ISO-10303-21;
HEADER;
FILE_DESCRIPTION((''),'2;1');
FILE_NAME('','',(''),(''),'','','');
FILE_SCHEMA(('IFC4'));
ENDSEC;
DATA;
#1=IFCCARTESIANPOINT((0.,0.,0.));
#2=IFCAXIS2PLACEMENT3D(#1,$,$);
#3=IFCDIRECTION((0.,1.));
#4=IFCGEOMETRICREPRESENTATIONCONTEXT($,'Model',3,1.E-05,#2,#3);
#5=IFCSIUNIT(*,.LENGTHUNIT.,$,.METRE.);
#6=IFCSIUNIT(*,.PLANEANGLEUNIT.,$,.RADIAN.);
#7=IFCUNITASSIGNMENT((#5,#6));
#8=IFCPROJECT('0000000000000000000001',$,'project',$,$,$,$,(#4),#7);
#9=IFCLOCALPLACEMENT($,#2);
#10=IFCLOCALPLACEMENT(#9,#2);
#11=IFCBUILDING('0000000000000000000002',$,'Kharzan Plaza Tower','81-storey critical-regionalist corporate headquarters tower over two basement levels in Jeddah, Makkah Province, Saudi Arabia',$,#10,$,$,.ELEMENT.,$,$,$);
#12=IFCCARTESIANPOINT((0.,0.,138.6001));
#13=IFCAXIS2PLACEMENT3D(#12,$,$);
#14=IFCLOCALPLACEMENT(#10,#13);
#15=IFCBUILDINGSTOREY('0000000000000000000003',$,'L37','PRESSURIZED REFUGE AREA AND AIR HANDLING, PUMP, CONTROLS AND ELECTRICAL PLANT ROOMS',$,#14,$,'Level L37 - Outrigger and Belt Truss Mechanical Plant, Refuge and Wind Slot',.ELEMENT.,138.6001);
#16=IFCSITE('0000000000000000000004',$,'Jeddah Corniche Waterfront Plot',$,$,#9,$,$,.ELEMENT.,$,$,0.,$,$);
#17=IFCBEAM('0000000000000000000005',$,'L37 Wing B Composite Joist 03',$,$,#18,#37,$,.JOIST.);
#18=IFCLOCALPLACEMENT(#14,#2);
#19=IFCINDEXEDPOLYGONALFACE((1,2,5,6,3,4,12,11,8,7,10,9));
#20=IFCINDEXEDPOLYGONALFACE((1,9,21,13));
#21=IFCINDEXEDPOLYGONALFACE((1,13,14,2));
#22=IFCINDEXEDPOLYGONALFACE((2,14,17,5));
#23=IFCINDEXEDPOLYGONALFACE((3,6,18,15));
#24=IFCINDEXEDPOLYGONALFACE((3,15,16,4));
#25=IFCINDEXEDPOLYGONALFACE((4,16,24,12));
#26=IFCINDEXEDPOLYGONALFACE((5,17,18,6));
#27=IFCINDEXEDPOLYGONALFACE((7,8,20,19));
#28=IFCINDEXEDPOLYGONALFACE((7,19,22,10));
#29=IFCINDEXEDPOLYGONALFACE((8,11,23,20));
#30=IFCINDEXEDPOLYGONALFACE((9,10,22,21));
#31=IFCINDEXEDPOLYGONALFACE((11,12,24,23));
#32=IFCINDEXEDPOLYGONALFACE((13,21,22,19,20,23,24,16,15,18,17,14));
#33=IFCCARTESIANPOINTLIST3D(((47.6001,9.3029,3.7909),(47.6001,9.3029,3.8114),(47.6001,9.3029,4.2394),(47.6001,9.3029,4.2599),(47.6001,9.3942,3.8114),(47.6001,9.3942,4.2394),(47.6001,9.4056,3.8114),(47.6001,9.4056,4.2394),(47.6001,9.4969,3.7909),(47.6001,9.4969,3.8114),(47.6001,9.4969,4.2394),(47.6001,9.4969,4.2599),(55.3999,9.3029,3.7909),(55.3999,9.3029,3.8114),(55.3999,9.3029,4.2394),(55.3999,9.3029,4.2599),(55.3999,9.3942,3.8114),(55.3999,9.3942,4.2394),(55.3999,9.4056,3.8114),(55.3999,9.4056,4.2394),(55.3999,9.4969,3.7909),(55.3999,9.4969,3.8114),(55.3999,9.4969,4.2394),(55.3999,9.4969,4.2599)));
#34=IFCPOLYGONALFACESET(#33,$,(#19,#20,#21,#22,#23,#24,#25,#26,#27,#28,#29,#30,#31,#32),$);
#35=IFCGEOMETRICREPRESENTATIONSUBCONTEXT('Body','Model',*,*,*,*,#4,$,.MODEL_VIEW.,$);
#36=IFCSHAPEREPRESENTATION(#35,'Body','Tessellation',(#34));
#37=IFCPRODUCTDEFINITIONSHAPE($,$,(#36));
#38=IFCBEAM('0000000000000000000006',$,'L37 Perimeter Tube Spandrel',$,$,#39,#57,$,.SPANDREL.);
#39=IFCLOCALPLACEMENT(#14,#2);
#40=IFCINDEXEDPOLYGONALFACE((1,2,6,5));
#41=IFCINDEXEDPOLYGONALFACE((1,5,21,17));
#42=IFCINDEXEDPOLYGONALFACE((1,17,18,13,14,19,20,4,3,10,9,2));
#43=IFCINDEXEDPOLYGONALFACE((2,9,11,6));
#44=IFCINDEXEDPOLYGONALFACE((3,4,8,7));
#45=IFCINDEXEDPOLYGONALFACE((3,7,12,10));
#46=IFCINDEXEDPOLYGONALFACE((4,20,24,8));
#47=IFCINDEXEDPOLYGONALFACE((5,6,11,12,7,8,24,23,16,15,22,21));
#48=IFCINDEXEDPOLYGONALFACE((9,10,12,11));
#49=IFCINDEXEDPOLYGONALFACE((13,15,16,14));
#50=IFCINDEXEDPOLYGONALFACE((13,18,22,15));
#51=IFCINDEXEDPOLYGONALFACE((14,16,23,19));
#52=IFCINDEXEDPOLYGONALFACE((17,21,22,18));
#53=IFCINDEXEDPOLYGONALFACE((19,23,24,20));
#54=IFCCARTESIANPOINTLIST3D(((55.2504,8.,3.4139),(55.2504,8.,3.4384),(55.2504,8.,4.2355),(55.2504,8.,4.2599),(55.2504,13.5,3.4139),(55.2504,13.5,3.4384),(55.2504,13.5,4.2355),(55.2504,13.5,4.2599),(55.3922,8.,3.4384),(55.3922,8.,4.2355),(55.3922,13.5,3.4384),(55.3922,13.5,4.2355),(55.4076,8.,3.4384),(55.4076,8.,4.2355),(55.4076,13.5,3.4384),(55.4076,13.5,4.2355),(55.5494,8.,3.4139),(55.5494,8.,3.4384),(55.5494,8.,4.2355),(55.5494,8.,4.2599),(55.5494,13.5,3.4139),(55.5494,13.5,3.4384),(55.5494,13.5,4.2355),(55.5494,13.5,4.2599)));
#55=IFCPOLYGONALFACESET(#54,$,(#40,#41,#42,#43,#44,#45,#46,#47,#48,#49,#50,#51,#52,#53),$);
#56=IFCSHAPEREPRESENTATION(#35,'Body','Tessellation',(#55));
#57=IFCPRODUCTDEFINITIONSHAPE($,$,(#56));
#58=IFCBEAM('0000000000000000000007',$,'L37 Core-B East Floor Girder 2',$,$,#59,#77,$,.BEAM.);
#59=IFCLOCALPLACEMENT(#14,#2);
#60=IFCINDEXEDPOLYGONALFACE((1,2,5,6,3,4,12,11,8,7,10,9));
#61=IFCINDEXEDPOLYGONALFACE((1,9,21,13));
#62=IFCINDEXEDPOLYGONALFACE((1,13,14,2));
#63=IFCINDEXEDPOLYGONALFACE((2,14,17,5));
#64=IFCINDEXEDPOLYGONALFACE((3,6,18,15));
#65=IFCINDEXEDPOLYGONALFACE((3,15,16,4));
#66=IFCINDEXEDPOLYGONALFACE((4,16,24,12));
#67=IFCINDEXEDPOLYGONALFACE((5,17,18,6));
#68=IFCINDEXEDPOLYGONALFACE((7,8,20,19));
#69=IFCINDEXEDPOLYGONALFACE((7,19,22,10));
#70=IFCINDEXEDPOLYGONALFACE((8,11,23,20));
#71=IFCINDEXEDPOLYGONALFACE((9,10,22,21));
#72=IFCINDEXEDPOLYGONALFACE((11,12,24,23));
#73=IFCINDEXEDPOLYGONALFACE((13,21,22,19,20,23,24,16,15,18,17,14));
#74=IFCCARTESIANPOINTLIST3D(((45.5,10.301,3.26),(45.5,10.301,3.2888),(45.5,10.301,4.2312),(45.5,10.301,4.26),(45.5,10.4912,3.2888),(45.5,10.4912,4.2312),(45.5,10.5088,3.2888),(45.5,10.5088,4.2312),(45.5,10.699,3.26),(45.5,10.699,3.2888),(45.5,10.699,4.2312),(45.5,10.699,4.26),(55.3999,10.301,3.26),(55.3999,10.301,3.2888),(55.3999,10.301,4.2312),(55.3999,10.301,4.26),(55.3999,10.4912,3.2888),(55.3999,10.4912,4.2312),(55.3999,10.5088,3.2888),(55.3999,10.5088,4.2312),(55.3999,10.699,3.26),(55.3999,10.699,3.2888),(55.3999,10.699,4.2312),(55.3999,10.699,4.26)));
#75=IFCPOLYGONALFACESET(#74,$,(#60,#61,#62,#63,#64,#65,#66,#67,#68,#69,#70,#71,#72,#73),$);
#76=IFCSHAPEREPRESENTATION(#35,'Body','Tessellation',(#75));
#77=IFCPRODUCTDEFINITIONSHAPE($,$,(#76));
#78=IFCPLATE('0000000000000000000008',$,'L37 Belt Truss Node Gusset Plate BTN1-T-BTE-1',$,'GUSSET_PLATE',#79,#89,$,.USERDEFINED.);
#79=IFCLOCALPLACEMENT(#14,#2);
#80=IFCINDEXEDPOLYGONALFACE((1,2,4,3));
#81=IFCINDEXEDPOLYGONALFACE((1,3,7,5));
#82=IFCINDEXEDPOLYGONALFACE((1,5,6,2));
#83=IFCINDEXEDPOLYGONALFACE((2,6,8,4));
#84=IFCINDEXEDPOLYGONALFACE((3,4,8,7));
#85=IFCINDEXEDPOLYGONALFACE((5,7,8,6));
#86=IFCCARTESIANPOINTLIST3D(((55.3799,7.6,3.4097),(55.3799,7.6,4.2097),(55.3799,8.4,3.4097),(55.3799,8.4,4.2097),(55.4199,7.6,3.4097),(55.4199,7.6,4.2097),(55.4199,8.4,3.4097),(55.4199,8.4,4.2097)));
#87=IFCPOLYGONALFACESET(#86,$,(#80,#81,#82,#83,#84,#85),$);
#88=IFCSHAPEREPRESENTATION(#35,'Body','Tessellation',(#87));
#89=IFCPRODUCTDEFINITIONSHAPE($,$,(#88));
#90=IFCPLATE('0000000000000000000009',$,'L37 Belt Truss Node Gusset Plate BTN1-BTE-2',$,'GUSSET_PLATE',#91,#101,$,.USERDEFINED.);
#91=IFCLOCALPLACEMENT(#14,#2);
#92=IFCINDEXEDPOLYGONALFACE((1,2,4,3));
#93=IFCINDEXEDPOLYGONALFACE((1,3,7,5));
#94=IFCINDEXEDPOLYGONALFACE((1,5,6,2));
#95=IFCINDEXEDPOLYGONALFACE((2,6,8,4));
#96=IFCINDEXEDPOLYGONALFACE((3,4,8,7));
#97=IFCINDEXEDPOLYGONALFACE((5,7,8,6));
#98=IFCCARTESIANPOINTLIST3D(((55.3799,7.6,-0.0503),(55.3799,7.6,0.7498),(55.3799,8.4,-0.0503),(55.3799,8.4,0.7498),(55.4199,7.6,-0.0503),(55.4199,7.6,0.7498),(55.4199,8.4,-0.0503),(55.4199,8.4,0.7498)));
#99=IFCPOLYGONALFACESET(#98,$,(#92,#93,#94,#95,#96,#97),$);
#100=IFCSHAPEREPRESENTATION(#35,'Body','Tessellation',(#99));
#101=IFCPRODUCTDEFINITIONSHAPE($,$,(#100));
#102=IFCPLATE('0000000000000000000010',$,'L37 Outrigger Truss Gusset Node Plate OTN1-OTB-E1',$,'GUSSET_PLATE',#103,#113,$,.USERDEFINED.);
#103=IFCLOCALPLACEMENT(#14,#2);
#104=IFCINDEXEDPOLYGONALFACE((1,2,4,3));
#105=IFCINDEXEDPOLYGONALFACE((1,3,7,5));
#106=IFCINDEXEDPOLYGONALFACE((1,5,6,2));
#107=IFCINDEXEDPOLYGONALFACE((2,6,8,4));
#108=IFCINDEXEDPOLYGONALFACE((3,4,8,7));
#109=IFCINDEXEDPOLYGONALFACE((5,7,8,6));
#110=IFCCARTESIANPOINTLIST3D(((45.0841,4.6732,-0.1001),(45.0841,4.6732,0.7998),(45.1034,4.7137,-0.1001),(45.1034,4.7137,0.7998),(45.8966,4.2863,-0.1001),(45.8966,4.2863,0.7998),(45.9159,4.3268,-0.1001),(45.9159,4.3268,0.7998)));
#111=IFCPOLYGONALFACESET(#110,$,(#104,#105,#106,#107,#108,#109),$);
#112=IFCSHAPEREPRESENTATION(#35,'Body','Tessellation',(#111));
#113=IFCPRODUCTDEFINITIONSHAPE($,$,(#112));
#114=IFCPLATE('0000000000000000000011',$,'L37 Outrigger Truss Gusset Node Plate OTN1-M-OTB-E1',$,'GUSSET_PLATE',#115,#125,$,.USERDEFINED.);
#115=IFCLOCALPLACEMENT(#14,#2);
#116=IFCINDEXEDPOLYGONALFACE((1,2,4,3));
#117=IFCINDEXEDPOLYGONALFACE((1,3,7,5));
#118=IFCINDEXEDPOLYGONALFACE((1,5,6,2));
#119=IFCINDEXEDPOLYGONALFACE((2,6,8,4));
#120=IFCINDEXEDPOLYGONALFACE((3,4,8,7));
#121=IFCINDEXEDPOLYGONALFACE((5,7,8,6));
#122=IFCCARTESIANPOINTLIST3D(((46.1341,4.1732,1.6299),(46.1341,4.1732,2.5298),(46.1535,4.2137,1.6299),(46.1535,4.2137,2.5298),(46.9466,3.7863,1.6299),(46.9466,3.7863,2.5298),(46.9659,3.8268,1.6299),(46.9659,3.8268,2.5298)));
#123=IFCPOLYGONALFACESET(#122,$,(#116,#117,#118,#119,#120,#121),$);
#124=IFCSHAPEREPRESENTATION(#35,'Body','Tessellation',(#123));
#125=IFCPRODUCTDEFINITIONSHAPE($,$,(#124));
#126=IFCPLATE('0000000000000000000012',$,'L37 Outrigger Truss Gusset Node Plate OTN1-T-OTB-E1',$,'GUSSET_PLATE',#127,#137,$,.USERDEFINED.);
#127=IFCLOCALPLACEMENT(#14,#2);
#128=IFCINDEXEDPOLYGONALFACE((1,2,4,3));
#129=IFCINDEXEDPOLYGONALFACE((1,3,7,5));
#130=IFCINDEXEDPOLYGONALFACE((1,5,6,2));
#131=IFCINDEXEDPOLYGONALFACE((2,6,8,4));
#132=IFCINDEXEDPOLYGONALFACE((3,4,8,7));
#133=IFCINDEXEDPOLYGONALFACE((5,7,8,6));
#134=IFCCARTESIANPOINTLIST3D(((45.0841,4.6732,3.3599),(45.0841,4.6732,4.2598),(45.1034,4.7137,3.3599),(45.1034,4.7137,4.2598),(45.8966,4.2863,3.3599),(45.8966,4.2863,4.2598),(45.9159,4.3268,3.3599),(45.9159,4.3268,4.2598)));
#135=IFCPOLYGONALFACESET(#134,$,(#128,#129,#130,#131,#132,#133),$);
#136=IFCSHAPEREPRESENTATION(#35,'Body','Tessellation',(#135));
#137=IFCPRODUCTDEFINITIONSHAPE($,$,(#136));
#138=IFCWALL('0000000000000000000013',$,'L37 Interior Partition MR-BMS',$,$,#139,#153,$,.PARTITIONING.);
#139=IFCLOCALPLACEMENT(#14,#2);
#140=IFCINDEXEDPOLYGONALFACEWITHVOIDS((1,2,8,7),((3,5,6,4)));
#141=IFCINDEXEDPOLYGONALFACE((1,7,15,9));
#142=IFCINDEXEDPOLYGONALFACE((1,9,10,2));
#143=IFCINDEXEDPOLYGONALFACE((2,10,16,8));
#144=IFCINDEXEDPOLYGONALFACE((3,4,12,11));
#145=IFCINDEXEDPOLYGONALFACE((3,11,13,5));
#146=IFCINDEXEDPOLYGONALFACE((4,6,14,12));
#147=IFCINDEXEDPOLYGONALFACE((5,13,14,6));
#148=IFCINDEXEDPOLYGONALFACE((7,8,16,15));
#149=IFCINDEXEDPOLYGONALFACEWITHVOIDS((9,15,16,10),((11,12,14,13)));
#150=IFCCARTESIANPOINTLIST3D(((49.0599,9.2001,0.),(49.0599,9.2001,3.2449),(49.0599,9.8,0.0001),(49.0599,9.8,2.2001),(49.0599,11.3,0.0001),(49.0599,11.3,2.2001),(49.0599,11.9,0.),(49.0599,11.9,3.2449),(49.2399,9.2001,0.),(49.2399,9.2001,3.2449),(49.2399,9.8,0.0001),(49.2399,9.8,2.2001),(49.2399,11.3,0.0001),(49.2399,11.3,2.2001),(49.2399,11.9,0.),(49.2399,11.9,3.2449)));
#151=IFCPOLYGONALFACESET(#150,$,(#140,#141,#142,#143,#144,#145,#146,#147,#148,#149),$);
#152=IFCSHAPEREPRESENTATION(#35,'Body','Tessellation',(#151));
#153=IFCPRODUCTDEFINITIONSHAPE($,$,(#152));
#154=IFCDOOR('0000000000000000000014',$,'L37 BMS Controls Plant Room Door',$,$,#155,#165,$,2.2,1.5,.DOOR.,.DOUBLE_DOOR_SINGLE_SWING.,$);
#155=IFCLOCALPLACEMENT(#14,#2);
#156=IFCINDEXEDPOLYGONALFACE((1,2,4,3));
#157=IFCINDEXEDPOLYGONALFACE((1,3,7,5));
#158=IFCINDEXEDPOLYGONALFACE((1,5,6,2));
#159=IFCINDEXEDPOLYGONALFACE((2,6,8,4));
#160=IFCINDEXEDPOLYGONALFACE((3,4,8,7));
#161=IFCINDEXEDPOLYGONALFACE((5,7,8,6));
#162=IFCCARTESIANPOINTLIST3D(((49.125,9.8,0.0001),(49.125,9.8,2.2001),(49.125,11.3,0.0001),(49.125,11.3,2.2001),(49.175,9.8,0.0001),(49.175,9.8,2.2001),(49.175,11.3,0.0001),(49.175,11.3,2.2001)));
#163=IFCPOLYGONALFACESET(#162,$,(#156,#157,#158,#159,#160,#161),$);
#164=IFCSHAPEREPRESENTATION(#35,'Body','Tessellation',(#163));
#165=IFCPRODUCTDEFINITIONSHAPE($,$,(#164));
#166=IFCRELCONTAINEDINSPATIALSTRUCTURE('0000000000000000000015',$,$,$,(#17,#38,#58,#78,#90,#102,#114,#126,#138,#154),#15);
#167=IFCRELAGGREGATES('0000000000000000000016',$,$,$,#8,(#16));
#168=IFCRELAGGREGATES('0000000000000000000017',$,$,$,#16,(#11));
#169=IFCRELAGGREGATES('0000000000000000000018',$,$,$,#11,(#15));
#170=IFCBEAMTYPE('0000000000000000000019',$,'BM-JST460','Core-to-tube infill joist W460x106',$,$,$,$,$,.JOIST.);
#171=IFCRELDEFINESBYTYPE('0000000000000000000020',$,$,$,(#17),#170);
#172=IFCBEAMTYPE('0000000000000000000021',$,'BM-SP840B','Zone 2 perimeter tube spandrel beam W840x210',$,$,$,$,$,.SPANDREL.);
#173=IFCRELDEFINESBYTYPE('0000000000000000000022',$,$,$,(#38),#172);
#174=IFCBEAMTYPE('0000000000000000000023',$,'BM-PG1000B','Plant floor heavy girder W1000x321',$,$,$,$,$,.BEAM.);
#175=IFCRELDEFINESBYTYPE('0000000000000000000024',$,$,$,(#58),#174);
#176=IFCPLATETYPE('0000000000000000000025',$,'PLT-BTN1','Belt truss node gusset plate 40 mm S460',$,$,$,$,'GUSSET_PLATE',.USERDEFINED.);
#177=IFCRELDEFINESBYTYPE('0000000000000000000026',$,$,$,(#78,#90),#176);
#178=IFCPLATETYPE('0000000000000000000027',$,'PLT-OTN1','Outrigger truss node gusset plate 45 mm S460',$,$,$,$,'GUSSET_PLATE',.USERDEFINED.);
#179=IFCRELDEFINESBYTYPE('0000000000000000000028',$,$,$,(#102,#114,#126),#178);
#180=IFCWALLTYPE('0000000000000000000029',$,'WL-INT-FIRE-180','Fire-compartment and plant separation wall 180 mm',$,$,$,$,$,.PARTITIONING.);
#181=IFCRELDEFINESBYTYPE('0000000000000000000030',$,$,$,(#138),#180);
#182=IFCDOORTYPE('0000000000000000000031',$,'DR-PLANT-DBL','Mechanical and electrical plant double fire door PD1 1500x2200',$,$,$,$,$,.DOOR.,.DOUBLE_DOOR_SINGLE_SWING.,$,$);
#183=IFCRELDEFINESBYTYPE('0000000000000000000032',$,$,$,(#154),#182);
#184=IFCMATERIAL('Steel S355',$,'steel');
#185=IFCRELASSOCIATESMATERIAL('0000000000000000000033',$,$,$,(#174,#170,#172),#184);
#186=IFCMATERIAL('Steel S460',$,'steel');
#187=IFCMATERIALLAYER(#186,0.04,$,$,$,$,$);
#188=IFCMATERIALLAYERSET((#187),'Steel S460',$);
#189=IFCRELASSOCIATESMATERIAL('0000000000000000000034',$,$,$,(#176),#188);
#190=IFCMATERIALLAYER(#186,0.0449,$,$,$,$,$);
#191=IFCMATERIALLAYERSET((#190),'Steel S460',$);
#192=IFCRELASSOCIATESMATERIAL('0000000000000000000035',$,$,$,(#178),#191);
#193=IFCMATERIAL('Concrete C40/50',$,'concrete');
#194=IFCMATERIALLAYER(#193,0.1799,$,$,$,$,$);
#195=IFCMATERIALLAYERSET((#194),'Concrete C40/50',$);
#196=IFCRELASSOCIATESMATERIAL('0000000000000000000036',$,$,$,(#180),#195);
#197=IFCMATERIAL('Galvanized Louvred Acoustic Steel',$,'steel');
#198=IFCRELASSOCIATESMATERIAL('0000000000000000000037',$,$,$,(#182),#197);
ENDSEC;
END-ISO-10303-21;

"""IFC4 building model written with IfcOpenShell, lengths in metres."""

from ifc_helpers import new_model, si_unit, direction, frame, frame_2d, origin, origin_2d, place, context, subcontext, project, spatial, rectangle, i_section, extrude, source, transform, mapped, material, layer, layer_set, material_profile, profile_set, type_object, element, fill, save


model = new_model("IFC4")

# Units and contexts
model_context = context("Model", 3, precision=1e-05, world=origin(), true_north=direction((0.0, 1.0)))
body_context = subcontext(model_context, "Body", "Model", "MODEL_VIEW")
ifc_project = project(units=[si_unit("LENGTHUNIT", "METRE"), si_unit("PLANEANGLEUNIT", "RADIAN")], contexts=[model_context])

# Site, building, storey
site_placement = place(None, origin())
site = spatial("IfcSite", under=ifc_project, at=site_placement, Name="Jeddah Corniche Waterfront Plot", CompositionType="ELEMENT", RefElevation=0.0)
building_placement = place(site_placement, origin())
building = spatial("IfcBuilding", under=site, at=building_placement, Name="Kharzan Plaza Tower", Description="81-storey critical-regionalist corporate headquarters tower over two basement levels in Jeddah, Makkah Province, Saudi Arabia", CompositionType="ELEMENT")
storey_placement = place(building_placement, frame((0.0, 0.0, 138.6001)))
storey = spatial("IfcBuildingStorey", under=building, at=storey_placement, Name="L37", Description="PRESSURIZED REFUGE AREA AND AIR HANDLING, PUMP, CONTROLS AND ELECTRICAL PLANT ROOMS", LongName="Level L37 - Outrigger and Belt Truss Mechanical Plant, Refuge and Wind Slot", CompositionType="ELEMENT", Elevation=138.6001)

# Shared definitions
ifc_material_1 = material(Name="Steel S355", Category="steel")
ifc_material_profile_1 = material_profile(ifc_material_1, i_section(OverallWidth=0.3979, OverallDepth=1.0, WebThickness=0.0176, FlangeThickness=0.0288, at=origin_2d()), Name="W1000x321")
ifc_profile_set_1 = profile_set([ifc_material_profile_1], Name="Steel S355")
beam_type_1 = type_object("IfcBeamType", Name="BM-PG1000B", Description="Plant floor heavy girder W1000x321", PredefinedType="BEAM", material=ifc_profile_set_1)

# Beams
ifc_material_profile_2 = material_profile(ifc_material_1, i_section(OverallWidth=0.1941, OverallDepth=0.469, WebThickness=0.0115, FlangeThickness=0.0205, at=origin_2d()), Name="W460x106")
ifc_profile_set_2 = profile_set([ifc_material_profile_2], Name="Steel S355")
beam_type_2 = type_object("IfcBeamType", Name="BM-JST460", Description="Core-to-tube infill joist W460x106", PredefinedType="JOIST", material=ifc_profile_set_2)
shared_shape_1 = source(origin(), body_context, "Body", "SweptSolid", [
    extrude(i_section(OverallWidth=0.1941, OverallDepth=0.469, WebThickness=0.0115, FlangeThickness=0.0205, at=origin_2d()), origin(), (0.0, 0.0, 1.0), 7.7998),
])
for number, where, z_axis, x_axis, name in (
    (1, (47.6001, 9.3999, 4.0254), (1.0, 0.0, 0.0), (0.0, 1.0, 0.0), "L37 Wing B Composite Joist 03"),
):
    element("IfcBeam", number, at=place(storey_placement, frame(where, z_axis=z_axis, x_axis=x_axis)), inside=storey, type_object=beam_type_2, Name=name, PredefinedType="JOIST", context=body_context, shape_type="MappedRepresentation", body=[
        mapped(shared_shape_1, transform((0.0, 0.0, 0.0), x_axis=(1.0, 0.0, 0.0), y_axis=(0.0, 1.0, 0.0), z_axis=(0.0, 0.0, 1.0))),
    ])
ifc_material_profile_3 = material_profile(ifc_material_1, i_section(OverallWidth=0.2991, OverallDepth=0.8459, WebThickness=0.0154, FlangeThickness=0.0244, at=origin_2d()), Name="W840x210")
ifc_profile_set_3 = profile_set([ifc_material_profile_3], Name="Steel S355")
beam_type_3 = type_object("IfcBeamType", Name="BM-SP840B", Description="Zone 2 perimeter tube spandrel beam W840x210", PredefinedType="SPANDREL", material=ifc_profile_set_3)
shared_shape_2 = source(origin(), body_context, "Body", "SweptSolid", [
    extrude(i_section(OverallWidth=0.2991, OverallDepth=0.8459, WebThickness=0.0154, FlangeThickness=0.0244, at=origin_2d()), origin(), (0.0, 0.0, 1.0), 5.5),
])
beam_1_placement = place(storey_placement, frame((55.3999, 8.0, 3.8369), z_axis=(0.0, 1.0, 0.0), x_axis=(-1.0, 0.0, 0.0)))
element("IfcBeam", 2, at=beam_1_placement, inside=storey, type_object=beam_type_3, Name="L37 Perimeter Tube Spandrel", PredefinedType="SPANDREL", context=body_context, shape_type="MappedRepresentation", body=[
    mapped(shared_shape_2, transform((0.0, 0.0, 0.0), x_axis=(1.0, 0.0, 0.0), y_axis=(0.0, 1.0, 0.0), z_axis=(0.0, 0.0, 1.0))),
])
shared_shape_3 = source(origin(), body_context, "Body", "SweptSolid", [
    extrude(i_section(OverallWidth=0.3979, OverallDepth=1.0, WebThickness=0.0176, FlangeThickness=0.0288, at=origin_2d()), origin(), (0.0, 0.0, 1.0), 9.8999),
])
beam_2_placement = place(storey_placement, frame((45.5, 10.5, 3.76), z_axis=(1.0, 0.0, 0.0), x_axis=(0.0, 1.0, 0.0)))
element("IfcBeam", 3, at=beam_2_placement, inside=storey, type_object=beam_type_1, Name="L37 Core-B East Floor Girder 2", PredefinedType="BEAM", context=body_context, shape_type="MappedRepresentation", body=[
    mapped(shared_shape_3, transform((0.0, 0.0, 0.0), x_axis=(1.0, 0.0, 0.0), y_axis=(0.0, 1.0, 0.0), z_axis=(0.0, 0.0, 1.0))),
])

# Plates
ifc_material_2 = material(Name="Steel S460", Category="steel")
ifc_layer_1 = layer(ifc_material_2, 0.04)
ifc_layer_set_1 = layer_set([ifc_layer_1], Name="Steel S460")
plate_type_1 = type_object("IfcPlateType", Name="PLT-BTN1", Description="Belt truss node gusset plate 40 mm S460", ElementType="GUSSET_PLATE", PredefinedType="USERDEFINED", material=ifc_layer_set_1)
shared_shape_4 = source(origin(), body_context, "Body", "SweptSolid", [
    extrude(rectangle(XDim=0.8, YDim=0.04, at=origin_2d()), origin(), (0.0, 0.0, 1.0), 0.8),
])
for number, where, z_axis, x_axis, name in (
    (4, (55.3999, 8.0, 3.4097), (0.0, 0.0, 1.0), (0.0, 1.0, 0.0), "L37 Belt Truss Node Gusset Plate BTN1-T-BTE-1"),
    (5, (55.3999, 8.0, -0.0503), (0.0, 0.0, 1.0), (0.0, 1.0, 0.0), "L37 Belt Truss Node Gusset Plate BTN1-BTE-2"),
):
    element("IfcPlate", number, at=place(storey_placement, frame(where, z_axis=z_axis, x_axis=x_axis)), inside=storey, type_object=plate_type_1, Name=name, ObjectType="GUSSET_PLATE", PredefinedType="USERDEFINED", context=body_context, shape_type="MappedRepresentation", body=[
        mapped(shared_shape_4, transform((0.0, 0.0, 0.0), x_axis=(1.0, 0.0, 0.0), y_axis=(0.0, 1.0, 0.0), z_axis=(0.0, 0.0, 1.0))),
    ])
ifc_layer_2 = layer(ifc_material_2, 0.0449)
ifc_layer_set_2 = layer_set([ifc_layer_2], Name="Steel S460")
plate_type_2 = type_object("IfcPlateType", Name="PLT-OTN1", Description="Outrigger truss node gusset plate 45 mm S460", ElementType="GUSSET_PLATE", PredefinedType="USERDEFINED", material=ifc_layer_set_2)
shared_shape_5 = source(origin(), body_context, "Body", "SweptSolid", [
    extrude(rectangle(XDim=0.8999, YDim=0.0449, at=origin_2d()), origin(), (0.0, 0.0, 1.0), 0.8999),
])
for number, where, z_axis, x_axis, name in (
    (6, (45.5, 4.5, -0.1001), (0.0, 0.0, 1.0), (0.902861, -0.429933, 0.0), "L37 Outrigger Truss Gusset Node Plate OTN1-OTB-E1"),
    (7, (46.55, 4.0, 1.6299), (0.0, 0.0, 1.0), (0.902861, -0.429933, 0.0), "L37 Outrigger Truss Gusset Node Plate OTN1-M-OTB-E1"),
    (8, (45.5, 4.5, 3.3599), (0.0, 0.0, 1.0), (0.902861, -0.429933, 0.0), "L37 Outrigger Truss Gusset Node Plate OTN1-T-OTB-E1"),
):
    element("IfcPlate", number, at=place(storey_placement, frame(where, z_axis=z_axis, x_axis=x_axis)), inside=storey, type_object=plate_type_2, Name=name, ObjectType="GUSSET_PLATE", PredefinedType="USERDEFINED", context=body_context, shape_type="MappedRepresentation", body=[
        mapped(shared_shape_5, transform((0.0, 0.0, 0.0), x_axis=(1.0, 0.0, 0.0), y_axis=(0.0, 1.0, 0.0), z_axis=(0.0, 0.0, 1.0))),
    ])

# Wall, opening, door
ifc_material_3 = material(Name="Concrete C40/50", Category="concrete")
ifc_layer_3 = layer(ifc_material_3, 0.1799)
ifc_layer_set_3 = layer_set([ifc_layer_3], Name="Concrete C40/50")
wall_type_1 = type_object("IfcWallType", Name="WL-INT-FIRE-180", Description="Fire-compartment and plant separation wall 180 mm", PredefinedType="PARTITIONING", material=ifc_layer_set_3)
wall_1_placement = place(storey_placement, frame((49.1499, 9.2, 0.0), z_axis=(0.0, 0.0, 1.0), x_axis=(0.0, 1.0, 0.0)))
wall_1 = element("IfcWall", 9, at=wall_1_placement, inside=storey, type_object=wall_type_1, Name="L37 Interior Partition MR-BMS", PredefinedType="PARTITIONING", context=body_context, shape_type="SweptSolid", body=[
    extrude(rectangle(XDim=2.7, YDim=0.1799, at=frame_2d((1.3501, 0.0))), origin(), (0.0, 0.0, 1.0), 3.2449),
])
opening_1_placement = place(wall_1_placement, frame((0.6001, 0.0, 0.0)))
opening_1 = element("IfcOpeningElement", 10, at=opening_1_placement, cuts=wall_1, PredefinedType="OPENING", context=body_context, shape_type="SweptSolid", body=[
    extrude(rectangle(XDim=1.5, YDim=2.2, at=frame_2d((0.75, 1.1001))), frame((0.0, 0.0999, 0.0), z_axis=(0.0, -1.0, 0.0), x_axis=(1.0, 0.0, 0.0)), (0.0, 0.0, 1.0), 0.2),
])
ifc_material_4 = material(Name="Galvanized Louvred Acoustic Steel", Category="steel")
door_type = type_object("IfcDoorType", Name="DR-PLANT-DBL", Description="Mechanical and electrical plant double fire door PD1 1500x2200", OperationType="DOUBLE_DOOR_SINGLE_SWING", PredefinedType="DOOR", material=ifc_material_4)
shared_shape_6 = source(origin(), body_context, "Body", "SweptSolid", [
    extrude(rectangle(XDim=1.5, YDim=2.2, at=frame_2d((0.75, 1.1001))), frame((0.0, 0.0249, 0.0), z_axis=(0.0, -1.0, 0.0), x_axis=(1.0, 0.0, 0.0)), (0.0, 0.0, 1.0), 0.05),
])
door_1_placement = place(opening_1_placement, origin())
door_1 = element("IfcDoor", 11, at=door_1_placement, inside=storey, type_object=door_type, Name="L37 BMS Controls Plant Room Door", OperationType="DOUBLE_DOOR_SINGLE_SWING", OverallHeight=2.2, OverallWidth=1.5, PredefinedType="DOOR", context=body_context, shape_type="MappedRepresentation", body=[
    mapped(shared_shape_6, transform((0.0, 0.0, 0.0), x_axis=(1.0, 0.0, 0.0), y_axis=(0.0, 1.0, 0.0), z_axis=(0.0, 0.0, 1.0))),
])
fill(opening_1, door_1)

save(model, "model.ifc")
